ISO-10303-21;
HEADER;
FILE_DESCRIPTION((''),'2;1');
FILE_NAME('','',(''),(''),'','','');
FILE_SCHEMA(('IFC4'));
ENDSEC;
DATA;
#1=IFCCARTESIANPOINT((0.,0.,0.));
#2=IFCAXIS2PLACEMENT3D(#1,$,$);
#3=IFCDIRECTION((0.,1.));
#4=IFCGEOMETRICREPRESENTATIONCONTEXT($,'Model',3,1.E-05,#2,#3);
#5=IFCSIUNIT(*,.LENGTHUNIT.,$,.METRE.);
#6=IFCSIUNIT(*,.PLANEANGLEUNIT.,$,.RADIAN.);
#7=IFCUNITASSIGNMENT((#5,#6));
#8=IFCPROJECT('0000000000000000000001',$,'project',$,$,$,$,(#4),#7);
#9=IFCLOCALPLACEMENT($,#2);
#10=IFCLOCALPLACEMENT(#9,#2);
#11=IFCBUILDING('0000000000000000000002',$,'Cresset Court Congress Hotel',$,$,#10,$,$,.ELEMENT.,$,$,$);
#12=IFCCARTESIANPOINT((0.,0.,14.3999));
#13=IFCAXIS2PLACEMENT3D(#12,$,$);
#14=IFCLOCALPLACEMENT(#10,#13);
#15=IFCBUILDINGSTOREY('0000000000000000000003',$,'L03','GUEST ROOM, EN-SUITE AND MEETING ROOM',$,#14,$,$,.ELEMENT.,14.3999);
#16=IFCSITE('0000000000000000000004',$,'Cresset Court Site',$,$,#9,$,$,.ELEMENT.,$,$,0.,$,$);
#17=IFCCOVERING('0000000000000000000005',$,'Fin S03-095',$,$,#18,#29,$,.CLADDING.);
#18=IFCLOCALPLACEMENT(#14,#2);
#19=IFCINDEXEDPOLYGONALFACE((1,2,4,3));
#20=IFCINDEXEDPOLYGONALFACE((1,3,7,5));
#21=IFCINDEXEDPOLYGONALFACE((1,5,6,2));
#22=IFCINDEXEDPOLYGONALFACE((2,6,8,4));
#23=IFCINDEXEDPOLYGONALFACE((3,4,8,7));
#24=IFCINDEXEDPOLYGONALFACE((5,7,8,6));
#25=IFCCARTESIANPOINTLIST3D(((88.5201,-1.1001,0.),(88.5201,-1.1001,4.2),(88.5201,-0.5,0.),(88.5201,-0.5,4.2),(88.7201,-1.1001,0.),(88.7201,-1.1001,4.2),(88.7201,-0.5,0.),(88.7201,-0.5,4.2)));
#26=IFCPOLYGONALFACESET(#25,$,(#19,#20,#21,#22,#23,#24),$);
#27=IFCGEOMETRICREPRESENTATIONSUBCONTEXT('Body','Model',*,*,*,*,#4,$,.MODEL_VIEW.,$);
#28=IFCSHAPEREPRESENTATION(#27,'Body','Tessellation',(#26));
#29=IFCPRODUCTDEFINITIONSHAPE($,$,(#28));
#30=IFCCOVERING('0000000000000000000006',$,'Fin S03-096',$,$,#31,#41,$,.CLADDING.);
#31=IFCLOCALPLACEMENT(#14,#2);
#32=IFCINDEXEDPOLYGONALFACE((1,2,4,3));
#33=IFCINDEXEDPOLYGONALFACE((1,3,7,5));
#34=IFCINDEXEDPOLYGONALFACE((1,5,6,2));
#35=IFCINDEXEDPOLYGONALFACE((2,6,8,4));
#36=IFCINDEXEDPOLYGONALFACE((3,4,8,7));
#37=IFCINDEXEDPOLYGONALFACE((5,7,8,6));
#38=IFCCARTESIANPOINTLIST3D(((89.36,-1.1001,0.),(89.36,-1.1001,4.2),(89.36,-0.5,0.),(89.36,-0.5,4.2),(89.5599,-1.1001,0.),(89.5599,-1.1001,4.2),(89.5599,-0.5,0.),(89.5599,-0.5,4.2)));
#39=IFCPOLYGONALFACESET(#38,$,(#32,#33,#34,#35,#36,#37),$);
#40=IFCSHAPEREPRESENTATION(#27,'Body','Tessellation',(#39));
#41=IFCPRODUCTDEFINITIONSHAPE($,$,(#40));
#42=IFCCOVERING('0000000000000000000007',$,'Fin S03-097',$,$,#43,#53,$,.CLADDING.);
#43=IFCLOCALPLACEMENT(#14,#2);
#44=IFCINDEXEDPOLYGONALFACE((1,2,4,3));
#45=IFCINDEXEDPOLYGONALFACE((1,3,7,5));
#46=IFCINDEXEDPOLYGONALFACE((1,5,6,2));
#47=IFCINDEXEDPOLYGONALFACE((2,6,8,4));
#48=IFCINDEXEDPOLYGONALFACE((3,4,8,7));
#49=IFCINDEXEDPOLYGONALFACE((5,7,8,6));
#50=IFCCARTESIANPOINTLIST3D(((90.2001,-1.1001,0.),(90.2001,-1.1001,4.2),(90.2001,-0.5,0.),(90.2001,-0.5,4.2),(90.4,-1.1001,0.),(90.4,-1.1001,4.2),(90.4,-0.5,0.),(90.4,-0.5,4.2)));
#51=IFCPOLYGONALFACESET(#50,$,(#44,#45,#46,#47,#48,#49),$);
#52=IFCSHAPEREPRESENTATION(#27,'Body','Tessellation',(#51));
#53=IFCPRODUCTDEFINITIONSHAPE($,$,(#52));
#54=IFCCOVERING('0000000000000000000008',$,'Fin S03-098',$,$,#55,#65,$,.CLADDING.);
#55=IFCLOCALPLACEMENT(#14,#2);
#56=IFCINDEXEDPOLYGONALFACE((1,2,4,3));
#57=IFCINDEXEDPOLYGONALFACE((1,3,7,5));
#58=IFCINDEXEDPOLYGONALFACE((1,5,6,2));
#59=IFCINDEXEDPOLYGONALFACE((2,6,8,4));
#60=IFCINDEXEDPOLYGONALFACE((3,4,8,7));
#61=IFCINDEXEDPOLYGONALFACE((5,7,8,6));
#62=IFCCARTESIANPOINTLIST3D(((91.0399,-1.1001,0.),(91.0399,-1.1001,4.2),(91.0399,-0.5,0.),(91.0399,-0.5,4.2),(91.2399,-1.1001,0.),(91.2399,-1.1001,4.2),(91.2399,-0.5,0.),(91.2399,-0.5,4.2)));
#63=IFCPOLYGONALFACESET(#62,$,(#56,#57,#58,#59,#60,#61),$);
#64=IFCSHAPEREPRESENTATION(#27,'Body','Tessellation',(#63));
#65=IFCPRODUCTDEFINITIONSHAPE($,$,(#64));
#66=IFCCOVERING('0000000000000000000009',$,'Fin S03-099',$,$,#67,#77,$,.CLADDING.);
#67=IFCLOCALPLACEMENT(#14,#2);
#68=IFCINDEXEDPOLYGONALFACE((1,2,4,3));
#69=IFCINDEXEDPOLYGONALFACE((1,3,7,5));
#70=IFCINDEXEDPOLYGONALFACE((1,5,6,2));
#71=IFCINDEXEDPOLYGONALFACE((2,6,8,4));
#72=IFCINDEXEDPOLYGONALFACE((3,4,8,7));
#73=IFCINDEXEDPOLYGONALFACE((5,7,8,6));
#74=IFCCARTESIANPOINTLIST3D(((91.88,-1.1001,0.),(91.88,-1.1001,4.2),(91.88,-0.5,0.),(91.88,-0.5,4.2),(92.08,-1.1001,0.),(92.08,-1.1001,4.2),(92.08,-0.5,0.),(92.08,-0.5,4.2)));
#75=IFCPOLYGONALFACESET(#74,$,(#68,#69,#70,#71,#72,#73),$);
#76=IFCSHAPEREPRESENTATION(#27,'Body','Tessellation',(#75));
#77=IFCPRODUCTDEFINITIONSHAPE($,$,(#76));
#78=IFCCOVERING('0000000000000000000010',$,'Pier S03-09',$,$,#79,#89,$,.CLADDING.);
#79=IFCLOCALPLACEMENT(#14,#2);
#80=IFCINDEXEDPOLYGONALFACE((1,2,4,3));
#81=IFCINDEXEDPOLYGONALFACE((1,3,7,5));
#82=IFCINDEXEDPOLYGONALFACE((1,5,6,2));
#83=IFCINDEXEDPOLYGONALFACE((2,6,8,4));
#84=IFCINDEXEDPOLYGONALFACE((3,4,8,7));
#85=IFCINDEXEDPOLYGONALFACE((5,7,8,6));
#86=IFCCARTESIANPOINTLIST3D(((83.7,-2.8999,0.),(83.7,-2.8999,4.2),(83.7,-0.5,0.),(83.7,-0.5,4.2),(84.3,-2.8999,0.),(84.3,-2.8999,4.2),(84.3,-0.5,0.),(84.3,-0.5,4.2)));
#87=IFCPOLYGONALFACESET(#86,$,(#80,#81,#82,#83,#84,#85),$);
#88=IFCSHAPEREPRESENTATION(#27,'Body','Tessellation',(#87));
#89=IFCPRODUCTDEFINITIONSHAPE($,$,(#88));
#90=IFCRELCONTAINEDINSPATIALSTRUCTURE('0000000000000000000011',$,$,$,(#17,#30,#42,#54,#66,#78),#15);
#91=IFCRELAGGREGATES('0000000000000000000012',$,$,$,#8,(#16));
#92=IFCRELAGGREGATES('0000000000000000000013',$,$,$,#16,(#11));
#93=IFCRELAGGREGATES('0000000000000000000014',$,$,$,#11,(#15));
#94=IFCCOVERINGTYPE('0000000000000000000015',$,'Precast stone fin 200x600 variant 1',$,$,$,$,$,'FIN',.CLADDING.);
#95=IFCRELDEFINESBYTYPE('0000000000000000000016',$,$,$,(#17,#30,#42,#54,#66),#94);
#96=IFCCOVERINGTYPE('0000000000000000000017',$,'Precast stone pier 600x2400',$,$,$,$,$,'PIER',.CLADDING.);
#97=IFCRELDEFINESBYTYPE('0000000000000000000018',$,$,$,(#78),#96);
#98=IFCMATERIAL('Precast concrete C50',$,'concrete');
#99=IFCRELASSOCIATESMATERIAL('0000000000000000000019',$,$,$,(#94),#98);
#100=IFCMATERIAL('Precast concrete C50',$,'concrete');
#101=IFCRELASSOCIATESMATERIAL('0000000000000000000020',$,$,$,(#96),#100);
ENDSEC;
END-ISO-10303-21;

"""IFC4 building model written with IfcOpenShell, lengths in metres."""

from ifc_helpers import new_model, si_unit, direction, frame, origin, origin_2d, place, context, subcontext, project, spatial, rectangle, extrude, material, type_object, element, save


model = new_model("IFC4")

# Units and contexts
model_context = context("Model", 3, precision=1e-05, world=origin(), true_north=direction((0.0, 1.0)))
body_context = subcontext(model_context, "Body", "Model", "MODEL_VIEW")
ifc_project = project(units=[si_unit("LENGTHUNIT", "METRE"), si_unit("PLANEANGLEUNIT", "RADIAN")], contexts=[model_context])

# Site, building, storey
site_placement = place(None, origin())
site = spatial("IfcSite", under=ifc_project, at=site_placement, Name="Cresset Court Site", CompositionType="ELEMENT", RefElevation=0.0)
building_placement = place(site_placement, origin())
building = spatial("IfcBuilding", under=site, at=building_placement, Name="Cresset Court Congress Hotel", CompositionType="ELEMENT")
storey_placement = place(building_placement, frame((0.0, 0.0, 14.3999)))
storey = spatial("IfcBuildingStorey", under=building, at=storey_placement, Name="L03", Description="GUEST ROOM, EN-SUITE AND MEETING ROOM", CompositionType="ELEMENT", Elevation=14.3999)

# Coverings
ifc_material_1 = material(Name="Precast concrete C50", Category="concrete")
covering_type_1 = type_object("IfcCoveringType", Name="Precast stone fin 200x600 variant 1", ElementType="FIN", PredefinedType="CLADDING", material=ifc_material_1)
for number, where, z_axis, x_axis, name in (
    (1, (88.6201, -0.8, 0.0), (0.0, 0.0, 1.0), (1.0, 0.0, 0.0), "Fin S03-095"),
    (2, (89.46, -0.8, 0.0), (0.0, 0.0, 1.0), (1.0, 0.0, 0.0), "Fin S03-096"),
    (3, (90.3, -0.8, 0.0), (0.0, 0.0, 1.0), (1.0, 0.0, 0.0), "Fin S03-097"),
    (4, (91.1399, -0.8, 0.0), (0.0, 0.0, 1.0), (1.0, 0.0, 0.0), "Fin S03-098"),
    (5, (91.98, -0.8, 0.0), (0.0, 0.0, 1.0), (1.0, 0.0, 0.0), "Fin S03-099"),
):
    element("IfcCovering", number, at=place(storey_placement, frame(where, z_axis=z_axis, x_axis=x_axis)), inside=storey, type_object=covering_type_1, Name=name, PredefinedType="CLADDING", context=body_context, shape_type="SweptSolid", body=[
        extrude(rectangle(XDim=0.2, YDim=0.6001, at=origin_2d()), origin(), (0.0, 0.0, 1.0), 4.2),
    ])
ifc_material_2 = material(Name="Precast concrete C50", Category="concrete")
covering_type_2 = type_object("IfcCoveringType", Name="Precast stone pier 600x2400", ElementType="PIER", PredefinedType="CLADDING", material=ifc_material_2)
covering_placement = place(storey_placement, frame((84.0, -1.7, 0.0), z_axis=(0.0, 0.0, 1.0), x_axis=(1.0, 0.0, 0.0)))
element("IfcCovering", 6, at=covering_placement, inside=storey, type_object=covering_type_2, Name="Pier S03-09", PredefinedType="CLADDING", context=body_context, shape_type="SweptSolid", body=[
    extrude(rectangle(XDim=0.6001, YDim=2.3999, at=origin_2d()), origin(), (0.0, 0.0, 1.0), 4.2),
])

save(model, "model.ifc")
